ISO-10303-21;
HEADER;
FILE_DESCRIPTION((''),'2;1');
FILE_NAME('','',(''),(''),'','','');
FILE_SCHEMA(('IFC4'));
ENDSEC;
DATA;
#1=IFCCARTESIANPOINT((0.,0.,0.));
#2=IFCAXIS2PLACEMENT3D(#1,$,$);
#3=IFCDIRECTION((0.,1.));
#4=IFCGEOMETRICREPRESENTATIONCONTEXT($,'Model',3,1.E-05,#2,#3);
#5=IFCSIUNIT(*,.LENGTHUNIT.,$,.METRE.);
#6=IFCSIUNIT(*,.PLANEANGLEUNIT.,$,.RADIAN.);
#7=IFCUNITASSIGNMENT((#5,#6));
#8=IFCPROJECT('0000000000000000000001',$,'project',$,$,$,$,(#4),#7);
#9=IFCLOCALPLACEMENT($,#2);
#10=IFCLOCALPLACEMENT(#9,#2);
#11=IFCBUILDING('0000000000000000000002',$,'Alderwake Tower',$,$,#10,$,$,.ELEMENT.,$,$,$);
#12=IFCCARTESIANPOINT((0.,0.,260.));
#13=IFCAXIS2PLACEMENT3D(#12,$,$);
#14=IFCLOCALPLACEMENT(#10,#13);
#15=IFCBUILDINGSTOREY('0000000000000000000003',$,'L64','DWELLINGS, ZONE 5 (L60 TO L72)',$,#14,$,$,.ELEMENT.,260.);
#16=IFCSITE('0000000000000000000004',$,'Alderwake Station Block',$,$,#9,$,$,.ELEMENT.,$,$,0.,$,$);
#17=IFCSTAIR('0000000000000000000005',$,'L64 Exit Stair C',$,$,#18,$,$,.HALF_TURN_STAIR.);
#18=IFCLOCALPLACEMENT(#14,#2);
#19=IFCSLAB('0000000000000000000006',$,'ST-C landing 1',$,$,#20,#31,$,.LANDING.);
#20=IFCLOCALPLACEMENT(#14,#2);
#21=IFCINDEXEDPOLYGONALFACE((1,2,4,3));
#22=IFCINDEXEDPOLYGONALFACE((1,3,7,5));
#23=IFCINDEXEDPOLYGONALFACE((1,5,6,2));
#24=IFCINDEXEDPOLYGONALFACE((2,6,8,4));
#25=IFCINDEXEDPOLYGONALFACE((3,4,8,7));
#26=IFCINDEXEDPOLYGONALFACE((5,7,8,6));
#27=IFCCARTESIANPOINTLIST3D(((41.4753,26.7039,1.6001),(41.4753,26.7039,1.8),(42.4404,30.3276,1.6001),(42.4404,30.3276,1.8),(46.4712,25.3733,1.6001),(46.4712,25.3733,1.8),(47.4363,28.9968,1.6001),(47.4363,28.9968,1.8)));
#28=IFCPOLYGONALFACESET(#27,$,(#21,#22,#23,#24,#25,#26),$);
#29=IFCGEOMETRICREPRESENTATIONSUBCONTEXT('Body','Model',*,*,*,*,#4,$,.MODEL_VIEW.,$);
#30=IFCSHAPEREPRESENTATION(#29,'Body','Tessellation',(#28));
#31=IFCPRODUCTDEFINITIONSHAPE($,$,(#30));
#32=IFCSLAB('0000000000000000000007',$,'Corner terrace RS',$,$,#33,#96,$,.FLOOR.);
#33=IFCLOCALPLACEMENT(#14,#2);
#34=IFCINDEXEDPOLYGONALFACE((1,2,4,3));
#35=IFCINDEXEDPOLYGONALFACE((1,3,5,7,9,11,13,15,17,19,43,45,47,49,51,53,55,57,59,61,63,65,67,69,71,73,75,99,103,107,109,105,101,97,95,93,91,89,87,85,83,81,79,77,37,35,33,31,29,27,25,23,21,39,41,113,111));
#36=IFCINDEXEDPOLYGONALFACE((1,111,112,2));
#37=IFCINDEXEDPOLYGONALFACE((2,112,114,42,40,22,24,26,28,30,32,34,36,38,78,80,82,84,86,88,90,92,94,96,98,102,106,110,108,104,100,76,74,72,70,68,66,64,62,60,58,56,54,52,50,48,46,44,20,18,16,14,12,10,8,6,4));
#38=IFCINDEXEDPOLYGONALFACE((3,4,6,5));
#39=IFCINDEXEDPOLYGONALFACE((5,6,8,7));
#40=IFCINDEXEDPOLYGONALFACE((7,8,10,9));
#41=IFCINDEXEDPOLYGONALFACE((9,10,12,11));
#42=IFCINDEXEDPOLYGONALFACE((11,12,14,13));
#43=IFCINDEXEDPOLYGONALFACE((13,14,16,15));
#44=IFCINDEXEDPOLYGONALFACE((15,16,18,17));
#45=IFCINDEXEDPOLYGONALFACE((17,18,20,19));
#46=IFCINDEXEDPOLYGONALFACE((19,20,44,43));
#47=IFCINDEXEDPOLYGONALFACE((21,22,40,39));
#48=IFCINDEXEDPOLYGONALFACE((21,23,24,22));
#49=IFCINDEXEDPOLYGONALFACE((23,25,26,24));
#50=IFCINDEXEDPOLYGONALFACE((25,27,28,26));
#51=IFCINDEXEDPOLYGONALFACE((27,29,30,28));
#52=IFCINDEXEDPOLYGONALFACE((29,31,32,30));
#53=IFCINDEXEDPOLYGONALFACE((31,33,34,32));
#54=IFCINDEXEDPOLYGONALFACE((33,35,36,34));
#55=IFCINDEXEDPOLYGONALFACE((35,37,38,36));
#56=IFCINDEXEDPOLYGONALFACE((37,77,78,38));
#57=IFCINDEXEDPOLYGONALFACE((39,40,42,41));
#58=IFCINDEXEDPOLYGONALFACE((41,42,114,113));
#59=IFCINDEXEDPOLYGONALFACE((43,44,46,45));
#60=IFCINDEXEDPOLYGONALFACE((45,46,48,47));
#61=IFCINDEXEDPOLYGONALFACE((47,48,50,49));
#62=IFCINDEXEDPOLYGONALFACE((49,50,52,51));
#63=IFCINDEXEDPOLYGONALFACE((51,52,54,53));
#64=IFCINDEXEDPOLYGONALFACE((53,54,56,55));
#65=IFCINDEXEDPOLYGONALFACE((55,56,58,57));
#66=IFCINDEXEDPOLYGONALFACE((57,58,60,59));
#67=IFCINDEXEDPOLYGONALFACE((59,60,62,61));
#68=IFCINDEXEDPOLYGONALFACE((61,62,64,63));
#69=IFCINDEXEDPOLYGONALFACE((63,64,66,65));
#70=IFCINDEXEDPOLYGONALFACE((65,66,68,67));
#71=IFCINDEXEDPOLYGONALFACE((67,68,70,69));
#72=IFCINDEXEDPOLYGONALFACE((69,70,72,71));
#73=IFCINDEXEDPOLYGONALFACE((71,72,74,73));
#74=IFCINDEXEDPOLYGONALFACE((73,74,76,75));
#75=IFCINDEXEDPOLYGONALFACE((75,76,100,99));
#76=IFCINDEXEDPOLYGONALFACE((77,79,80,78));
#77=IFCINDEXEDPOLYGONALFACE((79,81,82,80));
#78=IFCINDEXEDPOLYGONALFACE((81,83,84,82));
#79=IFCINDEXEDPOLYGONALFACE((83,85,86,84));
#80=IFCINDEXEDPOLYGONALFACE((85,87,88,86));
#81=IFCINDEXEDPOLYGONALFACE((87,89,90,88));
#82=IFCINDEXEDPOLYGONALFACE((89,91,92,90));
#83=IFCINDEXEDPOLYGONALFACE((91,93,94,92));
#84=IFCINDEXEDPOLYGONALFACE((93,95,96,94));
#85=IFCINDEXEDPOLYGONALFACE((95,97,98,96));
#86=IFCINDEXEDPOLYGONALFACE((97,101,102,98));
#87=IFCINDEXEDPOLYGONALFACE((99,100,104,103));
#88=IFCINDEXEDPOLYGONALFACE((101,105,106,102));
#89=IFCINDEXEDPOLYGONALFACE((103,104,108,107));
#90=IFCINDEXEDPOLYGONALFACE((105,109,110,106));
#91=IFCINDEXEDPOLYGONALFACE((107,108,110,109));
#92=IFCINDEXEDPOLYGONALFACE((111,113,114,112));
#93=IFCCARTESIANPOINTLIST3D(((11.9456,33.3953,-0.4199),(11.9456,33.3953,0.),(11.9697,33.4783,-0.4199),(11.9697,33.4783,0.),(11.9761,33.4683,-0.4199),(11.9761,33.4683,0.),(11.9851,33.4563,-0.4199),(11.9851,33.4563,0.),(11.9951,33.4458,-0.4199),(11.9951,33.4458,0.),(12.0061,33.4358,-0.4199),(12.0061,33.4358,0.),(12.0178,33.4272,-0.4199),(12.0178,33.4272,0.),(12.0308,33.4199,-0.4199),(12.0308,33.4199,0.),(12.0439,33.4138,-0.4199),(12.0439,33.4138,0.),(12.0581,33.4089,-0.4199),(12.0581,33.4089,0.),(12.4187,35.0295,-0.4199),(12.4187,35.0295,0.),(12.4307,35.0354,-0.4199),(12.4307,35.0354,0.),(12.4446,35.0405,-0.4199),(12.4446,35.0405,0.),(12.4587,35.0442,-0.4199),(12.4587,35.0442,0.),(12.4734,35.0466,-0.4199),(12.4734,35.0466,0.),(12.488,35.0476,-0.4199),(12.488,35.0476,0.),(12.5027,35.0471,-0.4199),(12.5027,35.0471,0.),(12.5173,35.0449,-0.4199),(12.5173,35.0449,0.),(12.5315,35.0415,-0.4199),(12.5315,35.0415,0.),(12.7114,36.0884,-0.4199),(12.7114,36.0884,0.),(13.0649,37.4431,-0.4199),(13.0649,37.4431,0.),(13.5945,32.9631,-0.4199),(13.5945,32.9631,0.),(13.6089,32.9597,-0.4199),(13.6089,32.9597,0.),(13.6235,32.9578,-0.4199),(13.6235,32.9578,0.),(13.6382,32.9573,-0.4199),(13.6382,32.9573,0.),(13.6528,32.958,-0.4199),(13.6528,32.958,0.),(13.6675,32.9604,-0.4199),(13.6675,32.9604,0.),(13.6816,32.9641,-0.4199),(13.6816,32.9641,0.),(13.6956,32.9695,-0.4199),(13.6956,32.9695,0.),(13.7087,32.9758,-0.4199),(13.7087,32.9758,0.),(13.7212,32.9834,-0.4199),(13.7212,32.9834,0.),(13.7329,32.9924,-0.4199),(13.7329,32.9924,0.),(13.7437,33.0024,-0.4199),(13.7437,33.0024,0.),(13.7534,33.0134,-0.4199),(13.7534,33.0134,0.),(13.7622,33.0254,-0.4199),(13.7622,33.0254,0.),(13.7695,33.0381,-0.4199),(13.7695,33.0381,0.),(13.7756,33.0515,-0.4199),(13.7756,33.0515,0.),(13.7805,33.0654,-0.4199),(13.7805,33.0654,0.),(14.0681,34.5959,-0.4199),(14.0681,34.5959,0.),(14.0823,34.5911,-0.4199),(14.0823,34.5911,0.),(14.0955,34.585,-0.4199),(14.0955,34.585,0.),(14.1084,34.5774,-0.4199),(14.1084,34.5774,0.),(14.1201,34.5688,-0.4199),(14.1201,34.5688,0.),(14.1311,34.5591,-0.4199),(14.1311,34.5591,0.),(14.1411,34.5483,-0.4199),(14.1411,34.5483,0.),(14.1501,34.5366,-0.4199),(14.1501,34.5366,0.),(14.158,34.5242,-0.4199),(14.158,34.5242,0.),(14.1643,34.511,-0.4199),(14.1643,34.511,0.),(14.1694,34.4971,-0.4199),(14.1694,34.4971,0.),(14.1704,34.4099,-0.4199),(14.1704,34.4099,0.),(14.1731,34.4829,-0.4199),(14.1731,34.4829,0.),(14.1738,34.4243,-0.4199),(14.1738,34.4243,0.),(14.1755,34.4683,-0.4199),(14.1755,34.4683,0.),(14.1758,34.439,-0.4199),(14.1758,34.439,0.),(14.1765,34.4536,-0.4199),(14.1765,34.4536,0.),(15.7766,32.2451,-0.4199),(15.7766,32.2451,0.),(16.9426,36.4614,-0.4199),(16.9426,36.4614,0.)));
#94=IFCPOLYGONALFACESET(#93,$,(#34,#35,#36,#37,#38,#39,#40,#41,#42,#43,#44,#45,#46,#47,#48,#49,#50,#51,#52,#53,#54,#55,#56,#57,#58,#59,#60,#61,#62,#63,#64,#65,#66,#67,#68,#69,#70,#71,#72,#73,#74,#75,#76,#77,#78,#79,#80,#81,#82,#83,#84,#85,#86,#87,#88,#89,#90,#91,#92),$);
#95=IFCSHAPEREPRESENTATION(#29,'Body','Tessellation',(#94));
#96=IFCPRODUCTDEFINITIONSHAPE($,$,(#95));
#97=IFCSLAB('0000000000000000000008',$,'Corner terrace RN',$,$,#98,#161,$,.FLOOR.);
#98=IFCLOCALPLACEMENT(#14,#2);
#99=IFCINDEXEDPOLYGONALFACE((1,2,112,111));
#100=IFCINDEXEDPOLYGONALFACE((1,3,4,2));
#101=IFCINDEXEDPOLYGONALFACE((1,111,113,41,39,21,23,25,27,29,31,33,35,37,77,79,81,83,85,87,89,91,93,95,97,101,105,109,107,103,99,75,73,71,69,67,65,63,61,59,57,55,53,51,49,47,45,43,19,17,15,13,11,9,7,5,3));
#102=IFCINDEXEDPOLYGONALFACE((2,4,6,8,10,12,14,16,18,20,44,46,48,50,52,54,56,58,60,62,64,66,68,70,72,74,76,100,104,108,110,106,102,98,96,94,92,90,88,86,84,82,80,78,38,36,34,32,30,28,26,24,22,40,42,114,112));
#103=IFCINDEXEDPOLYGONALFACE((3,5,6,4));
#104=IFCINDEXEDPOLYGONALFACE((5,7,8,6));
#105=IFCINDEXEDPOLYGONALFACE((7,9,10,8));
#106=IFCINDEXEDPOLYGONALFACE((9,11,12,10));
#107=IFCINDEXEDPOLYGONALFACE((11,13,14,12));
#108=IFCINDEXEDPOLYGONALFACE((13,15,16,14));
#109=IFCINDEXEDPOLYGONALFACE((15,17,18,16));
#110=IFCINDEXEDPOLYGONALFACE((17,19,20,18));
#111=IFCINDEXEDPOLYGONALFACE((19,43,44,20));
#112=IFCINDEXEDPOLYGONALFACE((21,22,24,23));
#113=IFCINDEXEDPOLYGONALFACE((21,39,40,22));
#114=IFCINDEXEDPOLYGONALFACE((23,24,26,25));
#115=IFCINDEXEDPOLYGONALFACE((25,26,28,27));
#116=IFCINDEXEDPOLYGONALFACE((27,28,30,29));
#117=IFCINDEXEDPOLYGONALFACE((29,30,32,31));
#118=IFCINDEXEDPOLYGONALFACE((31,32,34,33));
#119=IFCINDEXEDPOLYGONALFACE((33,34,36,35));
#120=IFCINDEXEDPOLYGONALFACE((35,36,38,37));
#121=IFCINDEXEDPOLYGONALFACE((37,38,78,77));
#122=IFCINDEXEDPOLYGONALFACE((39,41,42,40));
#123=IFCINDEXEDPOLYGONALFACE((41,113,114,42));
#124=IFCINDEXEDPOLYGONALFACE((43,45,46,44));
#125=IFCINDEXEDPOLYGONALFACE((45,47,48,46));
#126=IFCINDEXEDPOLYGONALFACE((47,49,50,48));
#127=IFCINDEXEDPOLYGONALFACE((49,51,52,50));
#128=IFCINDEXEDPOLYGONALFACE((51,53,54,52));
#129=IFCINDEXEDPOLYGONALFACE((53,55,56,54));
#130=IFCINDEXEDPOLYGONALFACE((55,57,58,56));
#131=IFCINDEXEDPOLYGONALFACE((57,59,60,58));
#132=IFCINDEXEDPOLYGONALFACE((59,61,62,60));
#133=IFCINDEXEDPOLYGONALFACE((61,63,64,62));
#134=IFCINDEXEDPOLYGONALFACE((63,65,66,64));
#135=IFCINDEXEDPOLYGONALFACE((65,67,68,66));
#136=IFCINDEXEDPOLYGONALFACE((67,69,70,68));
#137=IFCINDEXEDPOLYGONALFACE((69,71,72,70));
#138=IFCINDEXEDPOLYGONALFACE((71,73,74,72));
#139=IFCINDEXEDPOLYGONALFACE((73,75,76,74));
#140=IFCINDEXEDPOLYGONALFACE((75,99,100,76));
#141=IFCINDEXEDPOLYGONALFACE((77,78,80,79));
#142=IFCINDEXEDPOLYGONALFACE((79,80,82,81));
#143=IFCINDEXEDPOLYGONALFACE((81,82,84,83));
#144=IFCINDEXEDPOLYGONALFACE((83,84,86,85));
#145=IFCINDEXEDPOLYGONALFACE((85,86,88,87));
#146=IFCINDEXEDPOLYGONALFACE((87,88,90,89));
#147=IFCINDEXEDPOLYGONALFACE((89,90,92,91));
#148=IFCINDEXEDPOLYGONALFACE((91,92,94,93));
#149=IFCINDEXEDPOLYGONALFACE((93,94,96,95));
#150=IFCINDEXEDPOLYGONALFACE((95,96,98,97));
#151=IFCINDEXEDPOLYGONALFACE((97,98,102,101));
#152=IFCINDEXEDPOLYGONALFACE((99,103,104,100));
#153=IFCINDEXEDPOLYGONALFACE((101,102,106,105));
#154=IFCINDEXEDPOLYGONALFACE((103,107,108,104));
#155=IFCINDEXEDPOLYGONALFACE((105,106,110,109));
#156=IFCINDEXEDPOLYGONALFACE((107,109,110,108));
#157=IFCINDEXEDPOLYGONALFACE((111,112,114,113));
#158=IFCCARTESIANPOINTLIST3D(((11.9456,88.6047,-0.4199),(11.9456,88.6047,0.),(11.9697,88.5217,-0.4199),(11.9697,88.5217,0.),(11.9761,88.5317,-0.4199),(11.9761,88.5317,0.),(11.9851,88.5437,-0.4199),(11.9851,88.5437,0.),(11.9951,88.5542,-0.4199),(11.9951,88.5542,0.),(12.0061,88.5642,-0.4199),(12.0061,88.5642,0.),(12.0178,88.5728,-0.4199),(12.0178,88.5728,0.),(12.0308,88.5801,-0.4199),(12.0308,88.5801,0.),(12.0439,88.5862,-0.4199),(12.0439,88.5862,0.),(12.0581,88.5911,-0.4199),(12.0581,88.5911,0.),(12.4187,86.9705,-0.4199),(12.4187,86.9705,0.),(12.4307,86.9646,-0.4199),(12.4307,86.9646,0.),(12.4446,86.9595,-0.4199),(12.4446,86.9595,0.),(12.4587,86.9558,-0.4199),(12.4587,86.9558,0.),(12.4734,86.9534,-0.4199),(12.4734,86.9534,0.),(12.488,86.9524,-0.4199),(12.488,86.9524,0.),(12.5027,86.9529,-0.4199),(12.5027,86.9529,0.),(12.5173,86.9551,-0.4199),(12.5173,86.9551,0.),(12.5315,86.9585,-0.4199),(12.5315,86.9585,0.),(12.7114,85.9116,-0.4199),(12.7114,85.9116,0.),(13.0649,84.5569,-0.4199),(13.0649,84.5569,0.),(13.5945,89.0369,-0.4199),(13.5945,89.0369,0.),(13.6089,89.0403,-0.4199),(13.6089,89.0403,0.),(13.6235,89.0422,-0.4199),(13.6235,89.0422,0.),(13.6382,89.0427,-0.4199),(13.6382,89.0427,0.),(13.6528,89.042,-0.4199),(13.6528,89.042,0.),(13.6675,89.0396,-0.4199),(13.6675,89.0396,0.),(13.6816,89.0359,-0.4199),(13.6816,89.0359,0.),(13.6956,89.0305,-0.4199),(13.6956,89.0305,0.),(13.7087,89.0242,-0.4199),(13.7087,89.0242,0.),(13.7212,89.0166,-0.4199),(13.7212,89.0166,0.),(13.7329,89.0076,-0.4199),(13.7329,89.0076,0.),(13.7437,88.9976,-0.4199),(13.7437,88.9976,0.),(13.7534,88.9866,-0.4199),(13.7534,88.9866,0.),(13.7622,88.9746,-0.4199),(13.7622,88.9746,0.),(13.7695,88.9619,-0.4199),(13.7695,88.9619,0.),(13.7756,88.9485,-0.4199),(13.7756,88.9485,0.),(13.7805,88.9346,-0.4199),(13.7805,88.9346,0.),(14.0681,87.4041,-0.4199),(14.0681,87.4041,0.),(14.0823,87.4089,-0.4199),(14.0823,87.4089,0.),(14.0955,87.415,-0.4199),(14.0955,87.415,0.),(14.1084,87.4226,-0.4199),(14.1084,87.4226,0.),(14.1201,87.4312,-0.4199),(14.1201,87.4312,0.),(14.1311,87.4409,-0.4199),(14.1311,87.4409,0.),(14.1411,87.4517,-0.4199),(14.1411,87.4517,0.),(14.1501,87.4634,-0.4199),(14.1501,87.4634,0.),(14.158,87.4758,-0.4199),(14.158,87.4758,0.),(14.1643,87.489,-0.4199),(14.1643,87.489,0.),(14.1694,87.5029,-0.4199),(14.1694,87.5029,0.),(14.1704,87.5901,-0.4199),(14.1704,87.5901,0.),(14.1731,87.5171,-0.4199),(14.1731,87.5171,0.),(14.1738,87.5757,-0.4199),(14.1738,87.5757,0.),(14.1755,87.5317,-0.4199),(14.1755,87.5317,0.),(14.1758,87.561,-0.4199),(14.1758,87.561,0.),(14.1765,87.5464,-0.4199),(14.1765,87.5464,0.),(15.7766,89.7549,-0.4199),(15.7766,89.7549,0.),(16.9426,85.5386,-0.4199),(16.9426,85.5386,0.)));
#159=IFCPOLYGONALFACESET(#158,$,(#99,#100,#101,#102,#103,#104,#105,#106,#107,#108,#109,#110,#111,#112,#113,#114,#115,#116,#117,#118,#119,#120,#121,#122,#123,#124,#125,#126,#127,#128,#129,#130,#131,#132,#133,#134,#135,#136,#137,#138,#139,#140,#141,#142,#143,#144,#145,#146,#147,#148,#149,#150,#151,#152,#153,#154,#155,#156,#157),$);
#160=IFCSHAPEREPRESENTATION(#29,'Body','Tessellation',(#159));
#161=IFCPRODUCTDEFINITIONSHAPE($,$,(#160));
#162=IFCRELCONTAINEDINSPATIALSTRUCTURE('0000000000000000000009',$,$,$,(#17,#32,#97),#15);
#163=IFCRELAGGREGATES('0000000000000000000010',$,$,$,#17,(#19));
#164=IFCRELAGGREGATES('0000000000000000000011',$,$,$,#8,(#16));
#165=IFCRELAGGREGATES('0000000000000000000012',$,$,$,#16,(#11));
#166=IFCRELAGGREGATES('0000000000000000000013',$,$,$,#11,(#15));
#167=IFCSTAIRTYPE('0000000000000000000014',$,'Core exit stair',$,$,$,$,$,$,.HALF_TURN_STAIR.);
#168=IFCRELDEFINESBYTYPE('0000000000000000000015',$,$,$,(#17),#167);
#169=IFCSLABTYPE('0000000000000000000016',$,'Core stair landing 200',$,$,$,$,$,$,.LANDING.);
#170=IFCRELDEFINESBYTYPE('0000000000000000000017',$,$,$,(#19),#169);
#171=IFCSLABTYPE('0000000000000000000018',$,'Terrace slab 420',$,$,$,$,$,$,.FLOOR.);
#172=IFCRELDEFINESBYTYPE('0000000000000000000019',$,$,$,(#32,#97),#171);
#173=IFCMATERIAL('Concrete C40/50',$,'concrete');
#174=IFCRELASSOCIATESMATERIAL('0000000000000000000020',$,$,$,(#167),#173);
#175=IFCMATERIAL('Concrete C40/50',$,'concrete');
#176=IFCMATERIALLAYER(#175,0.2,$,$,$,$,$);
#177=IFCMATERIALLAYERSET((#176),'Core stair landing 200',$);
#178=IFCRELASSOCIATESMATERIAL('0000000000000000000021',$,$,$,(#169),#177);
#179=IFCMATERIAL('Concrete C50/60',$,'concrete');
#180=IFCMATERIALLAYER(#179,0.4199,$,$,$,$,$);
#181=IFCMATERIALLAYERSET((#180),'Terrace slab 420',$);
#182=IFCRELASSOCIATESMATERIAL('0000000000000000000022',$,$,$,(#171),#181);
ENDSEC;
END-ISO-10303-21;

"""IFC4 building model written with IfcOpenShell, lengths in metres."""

from ifc_helpers import new_model, si_unit, direction, frame, origin, place, context, subcontext, project, spatial, polyline, outline, extrude, material, layer, layer_set, type_object, element, aggregate, save


model = new_model("IFC4")

# Units and contexts
model_context = context("Model", 3, precision=1e-05, world=origin(), true_north=direction((0.0, 1.0)))
body_context = subcontext(model_context, "Body", "Model", "MODEL_VIEW")
ifc_project = project(units=[si_unit("LENGTHUNIT", "METRE"), si_unit("PLANEANGLEUNIT", "RADIAN")], contexts=[model_context])

# Site, building, storey
site_placement = place(None, origin())
site = spatial("IfcSite", under=ifc_project, at=site_placement, Name="Alderwake Station Block", CompositionType="ELEMENT", RefElevation=0.0)
building_placement = place(site_placement, origin())
building = spatial("IfcBuilding", under=site, at=building_placement, Name="Alderwake Tower", CompositionType="ELEMENT")
storey_placement = place(building_placement, frame((0.0, 0.0, 260.0)))
storey = spatial("IfcBuildingStorey", under=building, at=storey_placement, Name="L64", Description="DWELLINGS, ZONE 5 (L60 TO L72)", CompositionType="ELEMENT", Elevation=260.0)

# Stair, slab
ifc_material_1 = material(Name="Concrete C40/50", Category="concrete")
stair_type = type_object("IfcStairType", Name="Core exit stair", PredefinedType="HALF_TURN_STAIR", material=ifc_material_1)
ifc_material_2 = material(Name="Concrete C40/50", Category="concrete")
ifc_layer_1 = layer(ifc_material_2, 0.2)
ifc_layer_set_1 = layer_set([ifc_layer_1], Name="Core stair landing 200")
slab_type_1 = type_object("IfcSlabType", Name="Core stair landing 200", PredefinedType="LANDING", material=ifc_layer_set_1)
stair_1_placement = place(storey_placement, origin())
stair_1 = element("IfcStair", 1, at=stair_1_placement, inside=storey, type_object=stair_type, Name="L64 Exit Stair C", PredefinedType="HALF_TURN_STAIR")
slab_1_placement = place(storey_placement, frame((0.0, 0.0, 1.6001)))
slab_1 = element("IfcSlab", 2, at=slab_1_placement, type_object=slab_type_1, Name="ST-C landing 1", PredefinedType="LANDING", context=body_context, shape_type="SweptSolid", body=[
    extrude(outline(polyline([(41.4753, 26.7039), (46.4712, 25.3733), (47.4363, 28.9968), (42.4404, 30.3276), (41.4753, 26.7039)])), origin(), (0.0, 0.0, 1.0), 0.2),
])
aggregate(stair_1, [slab_1])

# Slabs
ifc_material_3 = material(Name="Concrete C50/60", Category="concrete")
ifc_layer_2 = layer(ifc_material_3, 0.4199)
ifc_layer_set_2 = layer_set([ifc_layer_2], Name="Terrace slab 420")
slab_type_2 = type_object("IfcSlabType", Name="Terrace slab 420", PredefinedType="FLOOR", material=ifc_layer_set_2)
slab_2_placement = place(storey_placement, frame((0.0, 0.0, -0.4199)))
element("IfcSlab", 3, at=slab_2_placement, inside=storey, type_object=slab_type_2, Name="Corner terrace RS", PredefinedType="FLOOR", context=body_context, shape_type="SweptSolid", body=[
    extrude(outline(polyline([(15.7766, 32.2451), (11.9456, 33.3953), (11.9697, 33.4783), (11.9761, 33.4683), (11.9851, 33.4563), (11.9951, 33.4458), (12.0061, 33.4358), (12.0178, 33.4272), (12.0308, 33.4199), (12.0439, 33.4138), (12.0581, 33.4089), (13.5945, 32.9631), (13.6089, 32.9597), (13.6235, 32.9578), (13.6382, 32.9573), (13.6528, 32.958), (13.6675, 32.9604), (13.6816, 32.9641), (13.6956, 32.9695), (13.7087, 32.9758), (13.7212, 32.9834), (13.7329, 32.9924), (13.7437, 33.0024), (13.7534, 33.0134), (13.7622, 33.0254), (13.7695, 33.0381), (13.7756, 33.0515), (13.7805, 33.0654), (14.1704, 34.4099), (14.1738, 34.4243), (14.1758, 34.439), (14.1765, 34.4536), (14.1755, 34.4683), (14.1731, 34.4829), (14.1694, 34.4971), (14.1643, 34.511), (14.158, 34.5242), (14.1501, 34.5366), (14.1411, 34.5483), (14.1311, 34.5591), (14.1201, 34.5688), (14.1084, 34.5774), (14.0955, 34.585), (14.0823, 34.5911), (14.0681, 34.5959), (12.5315, 35.0415), (12.5173, 35.0449), (12.5027, 35.0471), (12.488, 35.0476), (12.4734, 35.0466), (12.4587, 35.0442), (12.4446, 35.0405), (12.4307, 35.0354), (12.4187, 35.0295), (12.7114, 36.0884), (13.0649, 37.4431), (16.9426, 36.4614), (15.7766, 32.2451)])), origin(), (0.0, 0.0, 1.0), 0.4199),
])
slab_3_placement = place(storey_placement, frame((0.0, 0.0, -0.4199)))
element("IfcSlab", 4, at=slab_3_placement, inside=storey, type_object=slab_type_2, Name="Corner terrace RN", PredefinedType="FLOOR", context=body_context, shape_type="SweptSolid", body=[
    extrude(outline(polyline([(12.4187, 86.9705), (12.4307, 86.9646), (12.4446, 86.9595), (12.4587, 86.9558), (12.4734, 86.9534), (12.488, 86.9524), (12.5027, 86.9529), (12.5173, 86.9551), (12.5315, 86.9585), (14.0681, 87.4041), (14.0823, 87.4089), (14.0955, 87.415), (14.1084, 87.4226), (14.1201, 87.4312), (14.1311, 87.4409), (14.1411, 87.4517), (14.1501, 87.4634), (14.158, 87.4758), (14.1643, 87.489), (14.1694, 87.5029), (14.1731, 87.5171), (14.1755, 87.5317), (14.1765, 87.5464), (14.1758, 87.561), (14.1738, 87.5757), (14.1704, 87.5901), (13.7805, 88.9346), (13.7756, 88.9485), (13.7695, 88.9619), (13.7622, 88.9746), (13.7534, 88.9866), (13.7437, 88.9976), (13.7329, 89.0076), (13.7212, 89.0166), (13.7087, 89.0242), (13.6956, 89.0305), (13.6816, 89.0359), (13.6675, 89.0396), (13.6528, 89.042), (13.6382, 89.0427), (13.6235, 89.0422), (13.6089, 89.0403), (13.5945, 89.0369), (12.0581, 88.5911), (12.0439, 88.5862), (12.0308, 88.5801), (12.0178, 88.5728), (12.0061, 88.5642), (11.9951, 88.5542), (11.9851, 88.5437), (11.9761, 88.5317), (11.9697, 88.5217), (11.9456, 88.6047), (15.7766, 89.7549), (16.9426, 85.5386), (13.0649, 84.5569), (12.7114, 85.9116), (12.4187, 86.9705)])), origin(), (0.0, 0.0, 1.0), 0.4199),
])

save(model, "model.ifc")
